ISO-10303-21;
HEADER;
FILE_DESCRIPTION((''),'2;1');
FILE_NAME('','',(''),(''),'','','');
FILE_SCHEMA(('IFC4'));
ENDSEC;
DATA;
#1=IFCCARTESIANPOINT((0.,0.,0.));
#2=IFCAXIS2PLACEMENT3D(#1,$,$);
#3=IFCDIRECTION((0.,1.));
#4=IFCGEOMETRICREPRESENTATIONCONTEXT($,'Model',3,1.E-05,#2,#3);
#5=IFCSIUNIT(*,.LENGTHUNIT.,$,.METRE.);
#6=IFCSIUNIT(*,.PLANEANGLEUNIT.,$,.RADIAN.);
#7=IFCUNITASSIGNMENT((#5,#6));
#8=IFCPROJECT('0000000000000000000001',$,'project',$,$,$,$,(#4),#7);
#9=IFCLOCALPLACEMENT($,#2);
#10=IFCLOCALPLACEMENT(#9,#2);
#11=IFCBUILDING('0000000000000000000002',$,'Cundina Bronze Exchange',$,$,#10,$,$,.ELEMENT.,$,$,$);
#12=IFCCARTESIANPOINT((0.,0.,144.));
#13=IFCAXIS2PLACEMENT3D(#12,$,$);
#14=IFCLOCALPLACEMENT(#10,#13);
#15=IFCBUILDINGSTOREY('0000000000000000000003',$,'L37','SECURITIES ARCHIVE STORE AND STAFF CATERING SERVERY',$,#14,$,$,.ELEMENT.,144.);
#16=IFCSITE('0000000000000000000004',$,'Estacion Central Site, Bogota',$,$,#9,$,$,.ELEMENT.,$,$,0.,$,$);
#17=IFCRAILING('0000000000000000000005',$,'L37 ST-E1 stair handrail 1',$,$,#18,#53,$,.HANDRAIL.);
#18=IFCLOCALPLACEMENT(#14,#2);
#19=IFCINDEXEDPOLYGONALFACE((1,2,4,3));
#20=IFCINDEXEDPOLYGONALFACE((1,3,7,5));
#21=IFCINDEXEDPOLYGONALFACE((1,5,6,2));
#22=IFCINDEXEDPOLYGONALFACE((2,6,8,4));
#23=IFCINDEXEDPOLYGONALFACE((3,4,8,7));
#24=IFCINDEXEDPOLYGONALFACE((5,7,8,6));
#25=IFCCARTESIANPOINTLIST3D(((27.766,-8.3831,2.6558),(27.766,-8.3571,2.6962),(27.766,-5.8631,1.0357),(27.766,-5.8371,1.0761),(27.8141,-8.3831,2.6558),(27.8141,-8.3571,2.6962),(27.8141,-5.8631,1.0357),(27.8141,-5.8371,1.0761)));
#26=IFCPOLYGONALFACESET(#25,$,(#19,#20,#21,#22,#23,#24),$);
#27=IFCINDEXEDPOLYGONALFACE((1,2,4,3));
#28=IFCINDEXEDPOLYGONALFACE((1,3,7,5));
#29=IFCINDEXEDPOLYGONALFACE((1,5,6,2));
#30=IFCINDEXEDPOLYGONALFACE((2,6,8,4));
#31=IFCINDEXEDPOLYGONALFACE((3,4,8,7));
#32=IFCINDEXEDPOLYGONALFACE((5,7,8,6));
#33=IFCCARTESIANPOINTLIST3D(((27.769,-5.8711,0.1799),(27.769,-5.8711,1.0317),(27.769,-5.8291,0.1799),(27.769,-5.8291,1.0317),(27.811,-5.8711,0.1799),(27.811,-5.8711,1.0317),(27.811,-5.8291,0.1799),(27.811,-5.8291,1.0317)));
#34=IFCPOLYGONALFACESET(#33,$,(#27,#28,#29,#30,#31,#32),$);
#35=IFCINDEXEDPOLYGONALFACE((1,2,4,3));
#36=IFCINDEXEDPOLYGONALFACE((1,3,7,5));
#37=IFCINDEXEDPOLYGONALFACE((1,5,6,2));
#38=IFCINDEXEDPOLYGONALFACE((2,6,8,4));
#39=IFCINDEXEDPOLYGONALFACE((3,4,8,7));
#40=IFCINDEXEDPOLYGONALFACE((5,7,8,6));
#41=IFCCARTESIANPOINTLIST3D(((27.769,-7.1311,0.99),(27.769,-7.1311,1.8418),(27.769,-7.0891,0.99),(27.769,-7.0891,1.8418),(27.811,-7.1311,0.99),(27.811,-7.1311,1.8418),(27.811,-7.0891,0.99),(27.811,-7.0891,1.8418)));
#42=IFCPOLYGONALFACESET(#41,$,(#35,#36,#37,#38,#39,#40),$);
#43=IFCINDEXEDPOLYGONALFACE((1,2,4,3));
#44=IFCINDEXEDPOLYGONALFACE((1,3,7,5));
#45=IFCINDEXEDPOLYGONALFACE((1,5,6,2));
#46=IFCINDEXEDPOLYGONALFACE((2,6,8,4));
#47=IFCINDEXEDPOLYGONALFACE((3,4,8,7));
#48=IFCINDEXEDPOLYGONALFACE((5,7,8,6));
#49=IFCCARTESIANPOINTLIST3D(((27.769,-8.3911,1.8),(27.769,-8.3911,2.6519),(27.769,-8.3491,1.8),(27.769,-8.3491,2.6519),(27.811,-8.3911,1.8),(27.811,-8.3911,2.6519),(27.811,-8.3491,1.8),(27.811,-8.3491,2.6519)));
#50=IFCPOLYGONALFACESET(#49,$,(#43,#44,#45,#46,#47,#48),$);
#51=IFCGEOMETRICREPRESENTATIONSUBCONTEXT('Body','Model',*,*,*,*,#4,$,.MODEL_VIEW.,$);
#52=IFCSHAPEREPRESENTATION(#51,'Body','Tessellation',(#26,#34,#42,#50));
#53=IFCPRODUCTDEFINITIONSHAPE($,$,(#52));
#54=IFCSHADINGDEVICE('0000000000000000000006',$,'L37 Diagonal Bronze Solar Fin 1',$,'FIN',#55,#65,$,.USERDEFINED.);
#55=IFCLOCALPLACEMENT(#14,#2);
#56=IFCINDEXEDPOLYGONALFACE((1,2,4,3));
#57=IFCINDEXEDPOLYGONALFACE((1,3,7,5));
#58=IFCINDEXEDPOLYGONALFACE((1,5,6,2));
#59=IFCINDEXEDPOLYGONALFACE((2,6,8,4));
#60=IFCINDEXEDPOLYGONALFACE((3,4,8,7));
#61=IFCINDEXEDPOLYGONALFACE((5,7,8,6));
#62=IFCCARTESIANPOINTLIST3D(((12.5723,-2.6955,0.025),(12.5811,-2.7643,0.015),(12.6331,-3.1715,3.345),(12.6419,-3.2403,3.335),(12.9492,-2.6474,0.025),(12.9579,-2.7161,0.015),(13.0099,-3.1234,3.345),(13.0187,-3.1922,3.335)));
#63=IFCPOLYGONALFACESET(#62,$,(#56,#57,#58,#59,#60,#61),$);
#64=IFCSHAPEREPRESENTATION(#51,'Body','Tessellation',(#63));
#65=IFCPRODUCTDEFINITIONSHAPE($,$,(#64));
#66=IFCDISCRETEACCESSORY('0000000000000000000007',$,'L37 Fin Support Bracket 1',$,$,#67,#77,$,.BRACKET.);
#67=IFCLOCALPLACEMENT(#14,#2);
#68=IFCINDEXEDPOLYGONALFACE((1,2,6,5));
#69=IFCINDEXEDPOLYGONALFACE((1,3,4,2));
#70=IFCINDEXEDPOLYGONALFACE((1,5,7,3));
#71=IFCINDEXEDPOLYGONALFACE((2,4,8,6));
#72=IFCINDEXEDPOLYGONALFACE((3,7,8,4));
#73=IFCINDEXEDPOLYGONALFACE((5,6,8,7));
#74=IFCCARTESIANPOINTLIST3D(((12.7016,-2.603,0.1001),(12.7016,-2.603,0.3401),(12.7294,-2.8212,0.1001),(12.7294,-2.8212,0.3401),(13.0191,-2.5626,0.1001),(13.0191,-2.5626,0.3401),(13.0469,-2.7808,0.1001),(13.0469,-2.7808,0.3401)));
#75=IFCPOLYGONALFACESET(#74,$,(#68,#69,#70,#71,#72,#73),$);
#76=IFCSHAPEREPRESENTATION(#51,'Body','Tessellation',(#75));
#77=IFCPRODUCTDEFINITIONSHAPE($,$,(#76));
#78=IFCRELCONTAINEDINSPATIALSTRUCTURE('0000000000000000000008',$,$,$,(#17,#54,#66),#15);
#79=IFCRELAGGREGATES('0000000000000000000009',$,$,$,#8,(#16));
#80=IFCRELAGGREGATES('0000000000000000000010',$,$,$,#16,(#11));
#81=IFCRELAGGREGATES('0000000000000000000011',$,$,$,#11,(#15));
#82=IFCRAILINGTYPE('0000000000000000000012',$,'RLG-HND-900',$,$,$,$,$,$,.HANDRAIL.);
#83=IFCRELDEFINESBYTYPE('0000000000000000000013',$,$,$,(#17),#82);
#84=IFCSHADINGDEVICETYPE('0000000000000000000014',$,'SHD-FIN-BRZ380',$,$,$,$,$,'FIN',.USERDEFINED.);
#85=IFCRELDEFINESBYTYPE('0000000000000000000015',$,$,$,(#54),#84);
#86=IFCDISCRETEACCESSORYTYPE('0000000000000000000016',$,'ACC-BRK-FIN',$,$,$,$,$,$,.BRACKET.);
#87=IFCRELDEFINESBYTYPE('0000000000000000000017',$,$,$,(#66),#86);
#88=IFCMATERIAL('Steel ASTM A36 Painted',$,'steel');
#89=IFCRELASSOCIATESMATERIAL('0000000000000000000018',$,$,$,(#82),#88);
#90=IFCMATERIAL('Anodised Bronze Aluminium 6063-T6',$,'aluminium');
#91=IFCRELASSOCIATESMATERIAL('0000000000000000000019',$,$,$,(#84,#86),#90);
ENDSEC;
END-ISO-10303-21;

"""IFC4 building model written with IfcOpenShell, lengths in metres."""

from ifc_helpers import new_model, si_unit, direction, frame, origin, origin_2d, place, context, subcontext, project, spatial, rectangle, extrude, material, material_profile, profile_set, type_object, element, save


model = new_model("IFC4")

# Units and contexts
model_context = context("Model", 3, precision=1e-05, world=origin(), true_north=direction((0.0, 1.0)))
body_context = subcontext(model_context, "Body", "Model", "MODEL_VIEW")
ifc_project = project(units=[si_unit("LENGTHUNIT", "METRE"), si_unit("PLANEANGLEUNIT", "RADIAN")], contexts=[model_context])

# Site, building, storey
site_placement = place(None, origin())
site = spatial("IfcSite", under=ifc_project, at=site_placement, Name="Estacion Central Site, Bogota", CompositionType="ELEMENT", RefElevation=0.0)
building_placement = place(site_placement, origin())
building = spatial("IfcBuilding", under=site, at=building_placement, Name="Cundina Bronze Exchange", CompositionType="ELEMENT")
storey_placement = place(building_placement, frame((0.0, 0.0, 144.0)))
storey = spatial("IfcBuildingStorey", under=building, at=storey_placement, Name="L37", Description="SECURITIES ARCHIVE STORE AND STAFF CATERING SERVERY", CompositionType="ELEMENT", Elevation=144.0)

# Shared definitions
ifc_material_1 = material(Name="Anodised Bronze Aluminium 6063-T6", Category="aluminium")

# Shared definitions
ifc_material_2 = material(Name="Steel ASTM A36 Painted", Category="steel")

# Railing
railing_type = type_object("IfcRailingType", Name="RLG-HND-900", PredefinedType="HANDRAIL", material=ifc_material_2)
railing_placement = place(storey_placement, frame((27.79, -5.8501, 0.1799)))
element("IfcRailing", 1, at=railing_placement, inside=storey, type_object=railing_type, Name="L37 ST-E1 stair handrail 1", PredefinedType="HANDRAIL", context=body_context, shape_type="SweptSolid", body=[
    extrude(rectangle(XDim=0.0481, YDim=0.0481, at=origin_2d()), frame((0.0, 0.0, 0.876), z_axis=(0.0, -0.841163, 0.540782), x_axis=(1.0, 0.0, 0.0)), (0.0, 0.0, 1.0), 2.9958),
    extrude(rectangle(XDim=0.042, YDim=0.042, at=origin_2d()), origin(), (0.0, 0.0, 1.0), 0.8518),
    extrude(rectangle(XDim=0.042, YDim=0.042, at=origin_2d()), frame((0.0, -1.26, 0.8101)), (0.0, 0.0, 1.0), 0.8518),
    extrude(rectangle(XDim=0.042, YDim=0.042, at=origin_2d()), frame((0.0, -2.52, 1.6201)), (0.0, 0.0, 1.0), 0.8518),
])

# Shading device
ifc_material_profile_1 = material_profile(ifc_material_1, rectangle(XDim=0.0701, YDim=0.3799, at=origin_2d()), Name="FIN70X380", Category="aluminium")
ifc_profile_set_1 = profile_set([ifc_material_profile_1], Name="Anodised Bronze Aluminium 6063-T6")
shading_device_type = type_object("IfcShadingDeviceType", Name="SHD-FIN-BRZ380", ElementType="FIN", PredefinedType="USERDEFINED", material=ifc_profile_set_1)
shading_device_placement = place(storey_placement, frame((12.7651, -2.7058, 0.02), z_axis=(0.018122, -0.141918, 0.989713), x_axis=(-0.125361, 0.981741, 0.14307)))
element("IfcShadingDevice", 2, at=shading_device_placement, inside=storey, type_object=shading_device_type, Name="L37 Diagonal Bronze Solar Fin 1", ObjectType="FIN", PredefinedType="USERDEFINED", context=body_context, shape_type="SweptSolid", body=[
    extrude(rectangle(XDim=0.0701, YDim=0.3799, at=origin_2d()), origin(), (0.0, 0.0, 1.0), 3.3545),
])

# Discrete accessory
discrete_accessory_type = type_object("IfcDiscreteAccessoryType", Name="ACC-BRK-FIN", PredefinedType="BRACKET", material=ifc_material_1)
discrete_accessory_placement = place(storey_placement, frame((12.8743, -2.6919, 0.1001), z_axis=(0.0, 0.0, 1.0), x_axis=(0.126476, -0.99197, 0.0)))
element("IfcDiscreteAccessory", 3, at=discrete_accessory_placement, inside=storey, type_object=discrete_accessory_type, Name="L37 Fin Support Bracket 1", PredefinedType="BRACKET", context=body_context, shape_type="SweptSolid", body=[
    extrude(rectangle(XDim=0.22, YDim=0.3201, at=origin_2d()), origin(), (0.0, 0.0, 1.0), 0.24),
])

save(model, "model.ifc")
